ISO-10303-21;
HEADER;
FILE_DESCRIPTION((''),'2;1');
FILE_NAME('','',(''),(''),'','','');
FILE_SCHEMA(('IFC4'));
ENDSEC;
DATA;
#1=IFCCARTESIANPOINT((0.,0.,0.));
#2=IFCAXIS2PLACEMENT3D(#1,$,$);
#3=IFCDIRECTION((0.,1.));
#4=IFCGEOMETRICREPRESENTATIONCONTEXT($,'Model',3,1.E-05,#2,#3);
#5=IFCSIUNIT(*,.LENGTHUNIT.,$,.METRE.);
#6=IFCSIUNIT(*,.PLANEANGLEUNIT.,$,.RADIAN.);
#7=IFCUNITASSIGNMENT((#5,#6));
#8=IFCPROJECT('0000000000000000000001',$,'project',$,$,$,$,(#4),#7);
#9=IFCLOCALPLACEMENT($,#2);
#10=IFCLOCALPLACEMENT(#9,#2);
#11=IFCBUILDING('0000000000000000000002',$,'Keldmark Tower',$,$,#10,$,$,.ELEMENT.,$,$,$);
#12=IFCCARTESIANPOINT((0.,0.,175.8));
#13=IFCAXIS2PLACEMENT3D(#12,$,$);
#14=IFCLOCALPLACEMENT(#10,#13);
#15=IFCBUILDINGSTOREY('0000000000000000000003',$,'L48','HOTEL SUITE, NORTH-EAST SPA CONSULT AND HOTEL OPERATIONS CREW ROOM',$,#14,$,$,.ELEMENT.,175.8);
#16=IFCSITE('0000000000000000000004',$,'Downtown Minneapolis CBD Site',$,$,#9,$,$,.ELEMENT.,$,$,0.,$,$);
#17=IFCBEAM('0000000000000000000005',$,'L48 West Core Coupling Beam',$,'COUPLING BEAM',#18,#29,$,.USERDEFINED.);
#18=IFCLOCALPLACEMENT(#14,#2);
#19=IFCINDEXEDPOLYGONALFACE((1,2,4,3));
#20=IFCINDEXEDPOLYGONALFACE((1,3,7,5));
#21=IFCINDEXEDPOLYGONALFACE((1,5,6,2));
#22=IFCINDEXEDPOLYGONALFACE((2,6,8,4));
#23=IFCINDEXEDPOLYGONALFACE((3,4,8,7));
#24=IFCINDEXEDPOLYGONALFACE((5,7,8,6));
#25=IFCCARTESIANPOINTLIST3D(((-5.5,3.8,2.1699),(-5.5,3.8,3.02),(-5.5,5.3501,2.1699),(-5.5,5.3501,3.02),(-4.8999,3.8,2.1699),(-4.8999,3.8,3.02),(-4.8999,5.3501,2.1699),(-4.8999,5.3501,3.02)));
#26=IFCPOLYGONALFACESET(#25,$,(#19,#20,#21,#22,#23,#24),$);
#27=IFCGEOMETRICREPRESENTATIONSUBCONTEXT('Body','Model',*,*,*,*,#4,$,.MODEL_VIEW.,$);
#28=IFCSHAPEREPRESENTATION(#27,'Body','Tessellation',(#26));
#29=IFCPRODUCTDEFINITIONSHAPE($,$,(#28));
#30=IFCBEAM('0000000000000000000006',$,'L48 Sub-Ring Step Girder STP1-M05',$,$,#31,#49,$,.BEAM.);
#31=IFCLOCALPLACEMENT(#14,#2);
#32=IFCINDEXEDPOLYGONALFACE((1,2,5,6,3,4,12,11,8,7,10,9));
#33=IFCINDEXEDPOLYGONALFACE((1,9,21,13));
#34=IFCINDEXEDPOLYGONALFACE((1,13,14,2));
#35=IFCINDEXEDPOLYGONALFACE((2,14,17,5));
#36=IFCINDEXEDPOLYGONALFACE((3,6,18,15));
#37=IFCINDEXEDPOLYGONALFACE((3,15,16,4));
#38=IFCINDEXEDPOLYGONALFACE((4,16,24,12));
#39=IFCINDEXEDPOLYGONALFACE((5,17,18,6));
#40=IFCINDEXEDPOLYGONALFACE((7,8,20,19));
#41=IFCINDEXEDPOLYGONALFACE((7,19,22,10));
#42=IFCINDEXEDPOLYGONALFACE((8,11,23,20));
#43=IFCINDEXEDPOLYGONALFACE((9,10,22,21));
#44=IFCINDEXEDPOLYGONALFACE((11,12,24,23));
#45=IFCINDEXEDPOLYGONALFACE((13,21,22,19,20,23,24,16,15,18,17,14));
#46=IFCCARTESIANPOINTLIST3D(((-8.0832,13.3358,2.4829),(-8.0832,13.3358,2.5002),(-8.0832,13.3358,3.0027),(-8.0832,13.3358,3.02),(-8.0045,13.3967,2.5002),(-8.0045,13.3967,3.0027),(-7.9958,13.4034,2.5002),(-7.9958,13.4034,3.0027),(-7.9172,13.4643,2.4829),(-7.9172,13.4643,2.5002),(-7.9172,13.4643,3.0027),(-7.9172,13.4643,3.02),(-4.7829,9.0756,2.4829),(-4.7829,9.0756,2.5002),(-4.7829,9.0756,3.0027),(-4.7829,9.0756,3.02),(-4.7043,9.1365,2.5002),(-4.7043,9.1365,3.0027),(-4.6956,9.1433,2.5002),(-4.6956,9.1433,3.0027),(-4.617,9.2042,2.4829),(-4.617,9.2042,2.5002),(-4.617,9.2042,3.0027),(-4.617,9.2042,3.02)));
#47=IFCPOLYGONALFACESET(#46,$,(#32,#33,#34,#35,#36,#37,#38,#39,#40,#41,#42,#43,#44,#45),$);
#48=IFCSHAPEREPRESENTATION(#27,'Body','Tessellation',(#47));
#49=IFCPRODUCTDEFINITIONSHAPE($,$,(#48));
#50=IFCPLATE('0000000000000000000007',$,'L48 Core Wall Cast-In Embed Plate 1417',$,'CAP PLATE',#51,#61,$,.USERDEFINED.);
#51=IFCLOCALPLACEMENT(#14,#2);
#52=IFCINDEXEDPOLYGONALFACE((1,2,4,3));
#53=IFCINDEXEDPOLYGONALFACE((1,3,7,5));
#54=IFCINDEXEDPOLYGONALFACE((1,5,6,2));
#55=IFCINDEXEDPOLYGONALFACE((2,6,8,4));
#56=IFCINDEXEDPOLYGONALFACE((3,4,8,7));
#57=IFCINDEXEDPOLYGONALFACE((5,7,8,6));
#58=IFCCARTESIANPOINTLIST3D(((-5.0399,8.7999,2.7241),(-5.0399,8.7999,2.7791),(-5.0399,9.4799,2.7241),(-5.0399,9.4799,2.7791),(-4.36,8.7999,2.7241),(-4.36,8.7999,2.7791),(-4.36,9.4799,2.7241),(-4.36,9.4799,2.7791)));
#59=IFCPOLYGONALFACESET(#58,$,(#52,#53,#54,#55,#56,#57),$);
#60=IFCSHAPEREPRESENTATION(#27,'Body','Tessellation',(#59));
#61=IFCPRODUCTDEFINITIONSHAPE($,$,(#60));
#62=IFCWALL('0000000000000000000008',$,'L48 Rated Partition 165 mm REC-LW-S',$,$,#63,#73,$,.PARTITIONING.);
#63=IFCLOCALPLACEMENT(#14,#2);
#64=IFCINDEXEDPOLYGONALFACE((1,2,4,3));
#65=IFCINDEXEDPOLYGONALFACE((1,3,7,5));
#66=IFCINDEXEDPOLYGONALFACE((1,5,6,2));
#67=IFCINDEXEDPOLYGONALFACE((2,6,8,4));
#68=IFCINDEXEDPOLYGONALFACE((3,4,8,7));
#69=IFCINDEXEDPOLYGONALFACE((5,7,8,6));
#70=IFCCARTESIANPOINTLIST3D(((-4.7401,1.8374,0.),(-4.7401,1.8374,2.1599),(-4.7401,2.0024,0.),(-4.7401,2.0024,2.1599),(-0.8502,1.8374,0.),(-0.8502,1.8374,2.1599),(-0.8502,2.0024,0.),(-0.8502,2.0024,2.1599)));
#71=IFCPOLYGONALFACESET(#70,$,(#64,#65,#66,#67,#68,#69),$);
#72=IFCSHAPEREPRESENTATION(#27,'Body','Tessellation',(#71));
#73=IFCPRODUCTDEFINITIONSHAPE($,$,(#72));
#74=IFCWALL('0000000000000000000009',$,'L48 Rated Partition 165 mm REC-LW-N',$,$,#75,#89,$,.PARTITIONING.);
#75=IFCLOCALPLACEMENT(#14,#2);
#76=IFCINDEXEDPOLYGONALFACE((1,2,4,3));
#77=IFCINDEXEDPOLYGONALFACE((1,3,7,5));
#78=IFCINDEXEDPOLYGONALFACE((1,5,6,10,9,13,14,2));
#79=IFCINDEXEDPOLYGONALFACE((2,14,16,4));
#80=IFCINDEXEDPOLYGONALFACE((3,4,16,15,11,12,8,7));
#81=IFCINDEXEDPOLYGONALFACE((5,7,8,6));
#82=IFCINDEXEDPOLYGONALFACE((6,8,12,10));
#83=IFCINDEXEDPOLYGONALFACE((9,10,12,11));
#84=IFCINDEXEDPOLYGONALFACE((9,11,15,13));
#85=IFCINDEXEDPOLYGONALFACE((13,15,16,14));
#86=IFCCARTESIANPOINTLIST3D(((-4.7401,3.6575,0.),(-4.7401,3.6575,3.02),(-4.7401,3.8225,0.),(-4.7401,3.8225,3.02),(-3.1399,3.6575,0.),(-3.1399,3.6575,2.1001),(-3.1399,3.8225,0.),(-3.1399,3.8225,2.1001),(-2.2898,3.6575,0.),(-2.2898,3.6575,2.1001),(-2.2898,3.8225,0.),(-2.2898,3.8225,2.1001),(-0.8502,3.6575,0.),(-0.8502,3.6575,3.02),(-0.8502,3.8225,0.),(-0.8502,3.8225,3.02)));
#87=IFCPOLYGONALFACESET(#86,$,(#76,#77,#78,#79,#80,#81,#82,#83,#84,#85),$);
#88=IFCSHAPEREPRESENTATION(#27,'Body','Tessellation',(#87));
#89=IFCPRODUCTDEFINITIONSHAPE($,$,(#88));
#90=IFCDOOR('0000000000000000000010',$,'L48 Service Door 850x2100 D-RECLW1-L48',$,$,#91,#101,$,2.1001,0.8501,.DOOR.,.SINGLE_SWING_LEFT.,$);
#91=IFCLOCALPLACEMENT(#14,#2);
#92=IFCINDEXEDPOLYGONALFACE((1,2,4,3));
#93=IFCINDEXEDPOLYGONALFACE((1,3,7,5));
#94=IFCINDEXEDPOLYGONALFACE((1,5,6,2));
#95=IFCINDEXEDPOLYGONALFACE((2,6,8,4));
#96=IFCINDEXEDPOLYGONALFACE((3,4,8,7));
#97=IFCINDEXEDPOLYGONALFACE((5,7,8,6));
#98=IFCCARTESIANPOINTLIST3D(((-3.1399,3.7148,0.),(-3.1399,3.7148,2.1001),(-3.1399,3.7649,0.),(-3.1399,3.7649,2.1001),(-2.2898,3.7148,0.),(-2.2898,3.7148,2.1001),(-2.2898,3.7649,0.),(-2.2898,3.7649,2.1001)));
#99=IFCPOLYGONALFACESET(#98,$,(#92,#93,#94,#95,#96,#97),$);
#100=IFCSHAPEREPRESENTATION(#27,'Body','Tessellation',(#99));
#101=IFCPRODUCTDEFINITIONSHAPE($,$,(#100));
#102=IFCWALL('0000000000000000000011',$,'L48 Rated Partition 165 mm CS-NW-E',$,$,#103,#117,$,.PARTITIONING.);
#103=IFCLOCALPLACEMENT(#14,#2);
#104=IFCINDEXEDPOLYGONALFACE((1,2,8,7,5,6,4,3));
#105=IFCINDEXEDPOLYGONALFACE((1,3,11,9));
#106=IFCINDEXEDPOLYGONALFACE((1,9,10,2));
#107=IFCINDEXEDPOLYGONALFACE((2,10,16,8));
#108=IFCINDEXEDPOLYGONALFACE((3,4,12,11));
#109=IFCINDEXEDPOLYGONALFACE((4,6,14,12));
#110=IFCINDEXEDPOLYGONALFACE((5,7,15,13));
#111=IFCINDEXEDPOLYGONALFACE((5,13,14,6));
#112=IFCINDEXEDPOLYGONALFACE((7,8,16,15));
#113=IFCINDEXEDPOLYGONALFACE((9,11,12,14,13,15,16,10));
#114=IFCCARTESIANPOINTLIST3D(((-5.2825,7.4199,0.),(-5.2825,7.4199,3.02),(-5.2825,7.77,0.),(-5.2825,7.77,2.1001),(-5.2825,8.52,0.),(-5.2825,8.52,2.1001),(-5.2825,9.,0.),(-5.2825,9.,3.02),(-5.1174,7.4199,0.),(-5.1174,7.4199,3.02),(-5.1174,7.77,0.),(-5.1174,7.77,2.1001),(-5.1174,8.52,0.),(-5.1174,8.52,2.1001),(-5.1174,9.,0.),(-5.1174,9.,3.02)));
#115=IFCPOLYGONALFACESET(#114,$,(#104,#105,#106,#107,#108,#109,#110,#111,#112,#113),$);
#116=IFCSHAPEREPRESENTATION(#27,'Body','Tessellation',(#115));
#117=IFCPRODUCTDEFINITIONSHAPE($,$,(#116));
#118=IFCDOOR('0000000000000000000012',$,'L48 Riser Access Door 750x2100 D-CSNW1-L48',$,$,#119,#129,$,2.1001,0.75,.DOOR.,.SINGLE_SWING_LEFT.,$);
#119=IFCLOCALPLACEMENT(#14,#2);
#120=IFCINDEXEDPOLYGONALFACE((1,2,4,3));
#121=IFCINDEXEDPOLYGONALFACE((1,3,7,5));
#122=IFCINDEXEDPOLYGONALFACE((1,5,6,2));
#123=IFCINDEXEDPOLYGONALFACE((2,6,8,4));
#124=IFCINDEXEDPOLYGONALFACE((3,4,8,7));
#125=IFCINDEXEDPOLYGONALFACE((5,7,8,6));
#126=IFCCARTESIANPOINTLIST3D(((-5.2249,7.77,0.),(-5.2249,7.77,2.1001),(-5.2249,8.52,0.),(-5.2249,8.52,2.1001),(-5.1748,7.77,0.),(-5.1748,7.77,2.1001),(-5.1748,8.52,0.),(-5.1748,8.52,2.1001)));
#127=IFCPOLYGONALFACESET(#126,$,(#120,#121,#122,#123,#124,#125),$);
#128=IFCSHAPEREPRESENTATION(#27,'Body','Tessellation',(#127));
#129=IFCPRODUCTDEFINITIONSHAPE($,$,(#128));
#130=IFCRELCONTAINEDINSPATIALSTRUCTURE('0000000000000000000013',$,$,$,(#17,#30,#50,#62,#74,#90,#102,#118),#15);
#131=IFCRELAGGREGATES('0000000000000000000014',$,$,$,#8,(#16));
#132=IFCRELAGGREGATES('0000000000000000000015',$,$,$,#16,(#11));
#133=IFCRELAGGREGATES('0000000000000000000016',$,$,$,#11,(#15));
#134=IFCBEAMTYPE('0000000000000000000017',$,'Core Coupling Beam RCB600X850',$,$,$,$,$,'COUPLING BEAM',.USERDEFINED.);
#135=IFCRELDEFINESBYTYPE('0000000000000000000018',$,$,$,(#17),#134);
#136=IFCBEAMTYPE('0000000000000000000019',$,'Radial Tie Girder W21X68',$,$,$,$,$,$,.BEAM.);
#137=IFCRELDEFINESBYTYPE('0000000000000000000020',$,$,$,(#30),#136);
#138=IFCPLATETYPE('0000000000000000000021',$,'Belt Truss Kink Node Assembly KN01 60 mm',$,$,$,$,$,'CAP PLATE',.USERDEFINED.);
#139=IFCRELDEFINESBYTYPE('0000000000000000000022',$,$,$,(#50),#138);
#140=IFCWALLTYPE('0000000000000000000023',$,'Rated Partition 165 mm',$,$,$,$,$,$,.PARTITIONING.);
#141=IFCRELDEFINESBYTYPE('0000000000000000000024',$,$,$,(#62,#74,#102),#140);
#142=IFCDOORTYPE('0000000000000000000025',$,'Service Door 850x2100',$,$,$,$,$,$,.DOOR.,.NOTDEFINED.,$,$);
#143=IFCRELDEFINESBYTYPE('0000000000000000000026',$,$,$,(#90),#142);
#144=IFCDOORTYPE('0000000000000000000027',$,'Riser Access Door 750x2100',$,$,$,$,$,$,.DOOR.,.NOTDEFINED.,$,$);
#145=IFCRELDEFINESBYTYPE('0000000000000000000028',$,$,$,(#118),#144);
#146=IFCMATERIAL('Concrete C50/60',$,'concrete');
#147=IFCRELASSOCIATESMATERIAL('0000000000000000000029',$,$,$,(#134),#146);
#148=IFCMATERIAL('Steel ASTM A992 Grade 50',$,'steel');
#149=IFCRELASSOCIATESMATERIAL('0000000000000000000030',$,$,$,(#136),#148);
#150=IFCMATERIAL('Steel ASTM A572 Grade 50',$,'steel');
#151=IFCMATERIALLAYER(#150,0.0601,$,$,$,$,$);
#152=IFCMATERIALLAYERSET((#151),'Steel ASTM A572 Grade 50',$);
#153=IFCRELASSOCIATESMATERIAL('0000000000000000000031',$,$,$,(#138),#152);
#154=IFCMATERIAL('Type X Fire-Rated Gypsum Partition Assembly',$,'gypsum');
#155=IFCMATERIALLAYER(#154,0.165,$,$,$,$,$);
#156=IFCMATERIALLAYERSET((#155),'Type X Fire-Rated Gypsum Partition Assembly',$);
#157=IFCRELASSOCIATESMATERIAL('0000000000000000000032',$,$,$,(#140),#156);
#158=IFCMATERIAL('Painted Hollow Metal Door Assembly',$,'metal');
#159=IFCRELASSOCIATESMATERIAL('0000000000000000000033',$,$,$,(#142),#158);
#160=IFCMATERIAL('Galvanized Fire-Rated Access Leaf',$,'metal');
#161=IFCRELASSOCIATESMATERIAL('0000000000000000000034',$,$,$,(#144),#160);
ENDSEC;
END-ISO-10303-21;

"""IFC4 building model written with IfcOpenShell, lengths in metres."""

from ifc_helpers import new_model, si_unit, direction, frame, frame_2d, origin, origin_2d, place, context, subcontext, project, spatial, rectangle, i_section, extrude, material, layer, layer_set, material_profile, profile_set, type_object, element, fill, save


model = new_model("IFC4")

# Units and contexts
model_context = context("Model", 3, precision=1e-05, world=origin(), true_north=direction((0.0, 1.0)))
body_context = subcontext(model_context, "Body", "Model", "MODEL_VIEW")
ifc_project = project(units=[si_unit("LENGTHUNIT", "METRE"), si_unit("PLANEANGLEUNIT", "RADIAN")], contexts=[model_context])

# Site, building, storey
site_placement = place(None, origin())
site = spatial("IfcSite", under=ifc_project, at=site_placement, Name="Downtown Minneapolis CBD Site", CompositionType="ELEMENT", RefElevation=0.0)
building_placement = place(site_placement, origin())
building = spatial("IfcBuilding", under=site, at=building_placement, Name="Keldmark Tower", CompositionType="ELEMENT")
storey_placement = place(building_placement, frame((0.0, 0.0, 175.8)))
storey = spatial("IfcBuildingStorey", under=building, at=storey_placement, Name="L48", Description="HOTEL SUITE, NORTH-EAST SPA CONSULT AND HOTEL OPERATIONS CREW ROOM", CompositionType="ELEMENT", Elevation=175.8)

# Beams
ifc_material_1 = material(Name="Concrete C50/60", Category="concrete")
ifc_material_profile_1 = material_profile(ifc_material_1, rectangle(XDim=0.6001, YDim=0.8501, at=origin_2d()), Name="RCB600X850")
ifc_profile_set_1 = profile_set([ifc_material_profile_1], Name="Concrete C50/60")
beam_type_1 = type_object("IfcBeamType", Name="Core Coupling Beam RCB600X850", ElementType="COUPLING BEAM", PredefinedType="USERDEFINED", material=ifc_profile_set_1)
beam_1_placement = place(storey_placement, frame((-5.2, 3.8, 2.595), z_axis=(0.0, 1.0, 0.0), x_axis=(-1.0, 0.0, 0.0)))
element("IfcBeam", 1, at=beam_1_placement, inside=storey, type_object=beam_type_1, Name="L48 West Core Coupling Beam", ObjectType="COUPLING BEAM", PredefinedType="USERDEFINED", context=body_context, shape_type="SweptSolid", body=[
    extrude(rectangle(XDim=0.6001, YDim=0.8501, at=origin_2d()), origin(), (0.0, 0.0, 1.0), 1.55),
])
ifc_material_2 = material(Name="Steel ASTM A992 Grade 50", Category="steel")
ifc_material_profile_2 = material_profile(ifc_material_2, i_section(OverallWidth=0.21, OverallDepth=0.5371, WebThickness=0.011, FlangeThickness=0.0173, at=origin_2d()), Name="W21X68")
ifc_profile_set_2 = profile_set([ifc_material_profile_2], Name="Steel ASTM A992 Grade 50")
beam_type_2 = type_object("IfcBeamType", Name="Radial Tie Girder W21X68", PredefinedType="BEAM", material=ifc_profile_set_2)
beam_2_placement = place(storey_placement, frame((-4.7, 9.1399, 2.7515), z_axis=(-0.612409, 0.790541, 0.0), x_axis=(-0.790541, -0.612409, 0.0)))
element("IfcBeam", 2, at=beam_2_placement, inside=storey, type_object=beam_type_2, Name="L48 Sub-Ring Step Girder STP1-M05", PredefinedType="BEAM", context=body_context, shape_type="SweptSolid", body=[
    extrude(i_section(OverallWidth=0.21, OverallDepth=0.5371, WebThickness=0.011, FlangeThickness=0.0173, at=origin_2d()), origin(), (0.0, 0.0, 1.0), 5.3889),
])

# Plate
ifc_material_3 = material(Name="Steel ASTM A572 Grade 50", Category="steel")
ifc_layer_1 = layer(ifc_material_3, 0.0601)
ifc_layer_set_1 = layer_set([ifc_layer_1], Name="Steel ASTM A572 Grade 50")
plate_type = type_object("IfcPlateType", Name="Belt Truss Kink Node Assembly KN01 60 mm", ElementType="CAP PLATE", PredefinedType="USERDEFINED", material=ifc_layer_set_1)
plate_placement = place(storey_placement, frame((-4.7, 9.1399, 2.7241), z_axis=(0.0, 0.0, 1.0), x_axis=(1.0, 0.0, 0.0)))
element("IfcPlate", 3, at=plate_placement, inside=storey, type_object=plate_type, Name="L48 Core Wall Cast-In Embed Plate 1417", ObjectType="CAP PLATE", PredefinedType="USERDEFINED", context=body_context, shape_type="SweptSolid", body=[
    extrude(rectangle(XDim=0.6799, YDim=0.6799, at=origin_2d()), origin(), (0.0, 0.0, 1.0), 0.0549),
])

# Wall
ifc_material_4 = material(Name="Type X Fire-Rated Gypsum Partition Assembly", Category="gypsum")
ifc_layer_2 = layer(ifc_material_4, 0.165)
ifc_layer_set_2 = layer_set([ifc_layer_2], Name="Type X Fire-Rated Gypsum Partition Assembly")
wall_type_1 = type_object("IfcWallType", Name="Rated Partition 165 mm", PredefinedType="PARTITIONING", material=ifc_layer_set_2)
wall_1_placement = place(storey_placement, frame((-4.74, 1.9199, 0.0), z_axis=(0.0, 0.0, 1.0), x_axis=(1.0, 0.0, 0.0)))
element("IfcWall", 4, at=wall_1_placement, inside=storey, type_object=wall_type_1, Name="L48 Rated Partition 165 mm REC-LW-S", PredefinedType="PARTITIONING", context=body_context, shape_type="SweptSolid", body=[
    extrude(rectangle(XDim=3.8899, YDim=0.165, at=frame_2d((1.9448, 0.0))), origin(), (0.0, 0.0, 1.0), 2.1599),
])

# Walls, openings, doors
wall_2_placement = place(storey_placement, frame((-4.74, 3.74, 0.0), z_axis=(0.0, 0.0, 1.0), x_axis=(1.0, 0.0, 0.0)))
wall_2 = element("IfcWall", 5, at=wall_2_placement, inside=storey, type_object=wall_type_1, Name="L48 Rated Partition 165 mm REC-LW-N", PredefinedType="PARTITIONING", context=body_context, shape_type="SweptSolid", body=[
    extrude(rectangle(XDim=3.8899, YDim=0.165, at=frame_2d((1.9448, 0.0))), origin(), (0.0, 0.0, 1.0), 3.02),
])
opening_1_placement = place(wall_2_placement, frame((1.6001, 0.0, 0.0)))
opening_1 = element("IfcOpeningElement", 6, at=opening_1_placement, cuts=wall_2, PredefinedType="OPENING", context=body_context, shape_type="SweptSolid", body=[
    extrude(rectangle(XDim=0.8501, YDim=2.1001, at=frame_2d((0.425, 1.05))), frame((0.0, 0.0925, 0.0), z_axis=(0.0, -1.0, 0.0), x_axis=(1.0, 0.0, 0.0)), (0.0, 0.0, 1.0), 0.1851),
])
ifc_material_5 = material(Name="Painted Hollow Metal Door Assembly", Category="metal")
door_type_1 = type_object("IfcDoorType", Name="Service Door 850x2100", OperationType="NOTDEFINED", PredefinedType="DOOR", material=ifc_material_5)
door_1_placement = place(opening_1_placement, origin())
door_1 = element("IfcDoor", 7, at=door_1_placement, inside=storey, type_object=door_type_1, Name="L48 Service Door 850x2100 D-RECLW1-L48", OperationType="SINGLE_SWING_LEFT", OverallHeight=2.1001, OverallWidth=0.8501, PredefinedType="DOOR", context=body_context, shape_type="SweptSolid", body=[
    extrude(rectangle(XDim=0.8501, YDim=2.1001, at=frame_2d((0.425, 1.05))), frame((0.0, 0.0249, 0.0), z_axis=(0.0, -1.0, 0.0), x_axis=(1.0, 0.0, 0.0)), (0.0, 0.0, 1.0), 0.05),
])
fill(opening_1, door_1)
wall_3_placement = place(storey_placement, frame((-5.2, 7.4199, 0.0), z_axis=(0.0, 0.0, 1.0), x_axis=(0.0, 1.0, 0.0)))
wall_3 = element("IfcWall", 8, at=wall_3_placement, inside=storey, type_object=wall_type_1, Name="L48 Rated Partition 165 mm CS-NW-E", PredefinedType="PARTITIONING", context=body_context, shape_type="SweptSolid", body=[
    extrude(rectangle(XDim=1.5801, YDim=0.165, at=frame_2d((0.79, 0.0))), origin(), (0.0, 0.0, 1.0), 3.02),
])
opening_2_placement = place(wall_3_placement, frame((0.3501, 0.0, 0.0)))
opening_2 = element("IfcOpeningElement", 9, at=opening_2_placement, cuts=wall_3, PredefinedType="OPENING", context=body_context, shape_type="SweptSolid", body=[
    extrude(rectangle(XDim=0.75, YDim=2.1001, at=frame_2d((0.375, 1.05))), frame((0.0, 0.0925, 0.0), z_axis=(0.0, -1.0, 0.0), x_axis=(1.0, 0.0, 0.0)), (0.0, 0.0, 1.0), 0.1851),
])
ifc_material_6 = material(Name="Galvanized Fire-Rated Access Leaf", Category="metal")
door_type_2 = type_object("IfcDoorType", Name="Riser Access Door 750x2100", OperationType="NOTDEFINED", PredefinedType="DOOR", material=ifc_material_6)
door_2_placement = place(opening_2_placement, origin())
door_2 = element("IfcDoor", 10, at=door_2_placement, inside=storey, type_object=door_type_2, Name="L48 Riser Access Door 750x2100 D-CSNW1-L48", OperationType="SINGLE_SWING_LEFT", OverallHeight=2.1001, OverallWidth=0.75, PredefinedType="DOOR", context=body_context, shape_type="SweptSolid", body=[
    extrude(rectangle(XDim=0.75, YDim=2.1001, at=frame_2d((0.375, 1.05))), frame((0.0, 0.0249, 0.0), z_axis=(0.0, -1.0, 0.0), x_axis=(1.0, 0.0, 0.0)), (0.0, 0.0, 1.0), 0.05),
])
fill(opening_2, door_2)

save(model, "model.ifc")
